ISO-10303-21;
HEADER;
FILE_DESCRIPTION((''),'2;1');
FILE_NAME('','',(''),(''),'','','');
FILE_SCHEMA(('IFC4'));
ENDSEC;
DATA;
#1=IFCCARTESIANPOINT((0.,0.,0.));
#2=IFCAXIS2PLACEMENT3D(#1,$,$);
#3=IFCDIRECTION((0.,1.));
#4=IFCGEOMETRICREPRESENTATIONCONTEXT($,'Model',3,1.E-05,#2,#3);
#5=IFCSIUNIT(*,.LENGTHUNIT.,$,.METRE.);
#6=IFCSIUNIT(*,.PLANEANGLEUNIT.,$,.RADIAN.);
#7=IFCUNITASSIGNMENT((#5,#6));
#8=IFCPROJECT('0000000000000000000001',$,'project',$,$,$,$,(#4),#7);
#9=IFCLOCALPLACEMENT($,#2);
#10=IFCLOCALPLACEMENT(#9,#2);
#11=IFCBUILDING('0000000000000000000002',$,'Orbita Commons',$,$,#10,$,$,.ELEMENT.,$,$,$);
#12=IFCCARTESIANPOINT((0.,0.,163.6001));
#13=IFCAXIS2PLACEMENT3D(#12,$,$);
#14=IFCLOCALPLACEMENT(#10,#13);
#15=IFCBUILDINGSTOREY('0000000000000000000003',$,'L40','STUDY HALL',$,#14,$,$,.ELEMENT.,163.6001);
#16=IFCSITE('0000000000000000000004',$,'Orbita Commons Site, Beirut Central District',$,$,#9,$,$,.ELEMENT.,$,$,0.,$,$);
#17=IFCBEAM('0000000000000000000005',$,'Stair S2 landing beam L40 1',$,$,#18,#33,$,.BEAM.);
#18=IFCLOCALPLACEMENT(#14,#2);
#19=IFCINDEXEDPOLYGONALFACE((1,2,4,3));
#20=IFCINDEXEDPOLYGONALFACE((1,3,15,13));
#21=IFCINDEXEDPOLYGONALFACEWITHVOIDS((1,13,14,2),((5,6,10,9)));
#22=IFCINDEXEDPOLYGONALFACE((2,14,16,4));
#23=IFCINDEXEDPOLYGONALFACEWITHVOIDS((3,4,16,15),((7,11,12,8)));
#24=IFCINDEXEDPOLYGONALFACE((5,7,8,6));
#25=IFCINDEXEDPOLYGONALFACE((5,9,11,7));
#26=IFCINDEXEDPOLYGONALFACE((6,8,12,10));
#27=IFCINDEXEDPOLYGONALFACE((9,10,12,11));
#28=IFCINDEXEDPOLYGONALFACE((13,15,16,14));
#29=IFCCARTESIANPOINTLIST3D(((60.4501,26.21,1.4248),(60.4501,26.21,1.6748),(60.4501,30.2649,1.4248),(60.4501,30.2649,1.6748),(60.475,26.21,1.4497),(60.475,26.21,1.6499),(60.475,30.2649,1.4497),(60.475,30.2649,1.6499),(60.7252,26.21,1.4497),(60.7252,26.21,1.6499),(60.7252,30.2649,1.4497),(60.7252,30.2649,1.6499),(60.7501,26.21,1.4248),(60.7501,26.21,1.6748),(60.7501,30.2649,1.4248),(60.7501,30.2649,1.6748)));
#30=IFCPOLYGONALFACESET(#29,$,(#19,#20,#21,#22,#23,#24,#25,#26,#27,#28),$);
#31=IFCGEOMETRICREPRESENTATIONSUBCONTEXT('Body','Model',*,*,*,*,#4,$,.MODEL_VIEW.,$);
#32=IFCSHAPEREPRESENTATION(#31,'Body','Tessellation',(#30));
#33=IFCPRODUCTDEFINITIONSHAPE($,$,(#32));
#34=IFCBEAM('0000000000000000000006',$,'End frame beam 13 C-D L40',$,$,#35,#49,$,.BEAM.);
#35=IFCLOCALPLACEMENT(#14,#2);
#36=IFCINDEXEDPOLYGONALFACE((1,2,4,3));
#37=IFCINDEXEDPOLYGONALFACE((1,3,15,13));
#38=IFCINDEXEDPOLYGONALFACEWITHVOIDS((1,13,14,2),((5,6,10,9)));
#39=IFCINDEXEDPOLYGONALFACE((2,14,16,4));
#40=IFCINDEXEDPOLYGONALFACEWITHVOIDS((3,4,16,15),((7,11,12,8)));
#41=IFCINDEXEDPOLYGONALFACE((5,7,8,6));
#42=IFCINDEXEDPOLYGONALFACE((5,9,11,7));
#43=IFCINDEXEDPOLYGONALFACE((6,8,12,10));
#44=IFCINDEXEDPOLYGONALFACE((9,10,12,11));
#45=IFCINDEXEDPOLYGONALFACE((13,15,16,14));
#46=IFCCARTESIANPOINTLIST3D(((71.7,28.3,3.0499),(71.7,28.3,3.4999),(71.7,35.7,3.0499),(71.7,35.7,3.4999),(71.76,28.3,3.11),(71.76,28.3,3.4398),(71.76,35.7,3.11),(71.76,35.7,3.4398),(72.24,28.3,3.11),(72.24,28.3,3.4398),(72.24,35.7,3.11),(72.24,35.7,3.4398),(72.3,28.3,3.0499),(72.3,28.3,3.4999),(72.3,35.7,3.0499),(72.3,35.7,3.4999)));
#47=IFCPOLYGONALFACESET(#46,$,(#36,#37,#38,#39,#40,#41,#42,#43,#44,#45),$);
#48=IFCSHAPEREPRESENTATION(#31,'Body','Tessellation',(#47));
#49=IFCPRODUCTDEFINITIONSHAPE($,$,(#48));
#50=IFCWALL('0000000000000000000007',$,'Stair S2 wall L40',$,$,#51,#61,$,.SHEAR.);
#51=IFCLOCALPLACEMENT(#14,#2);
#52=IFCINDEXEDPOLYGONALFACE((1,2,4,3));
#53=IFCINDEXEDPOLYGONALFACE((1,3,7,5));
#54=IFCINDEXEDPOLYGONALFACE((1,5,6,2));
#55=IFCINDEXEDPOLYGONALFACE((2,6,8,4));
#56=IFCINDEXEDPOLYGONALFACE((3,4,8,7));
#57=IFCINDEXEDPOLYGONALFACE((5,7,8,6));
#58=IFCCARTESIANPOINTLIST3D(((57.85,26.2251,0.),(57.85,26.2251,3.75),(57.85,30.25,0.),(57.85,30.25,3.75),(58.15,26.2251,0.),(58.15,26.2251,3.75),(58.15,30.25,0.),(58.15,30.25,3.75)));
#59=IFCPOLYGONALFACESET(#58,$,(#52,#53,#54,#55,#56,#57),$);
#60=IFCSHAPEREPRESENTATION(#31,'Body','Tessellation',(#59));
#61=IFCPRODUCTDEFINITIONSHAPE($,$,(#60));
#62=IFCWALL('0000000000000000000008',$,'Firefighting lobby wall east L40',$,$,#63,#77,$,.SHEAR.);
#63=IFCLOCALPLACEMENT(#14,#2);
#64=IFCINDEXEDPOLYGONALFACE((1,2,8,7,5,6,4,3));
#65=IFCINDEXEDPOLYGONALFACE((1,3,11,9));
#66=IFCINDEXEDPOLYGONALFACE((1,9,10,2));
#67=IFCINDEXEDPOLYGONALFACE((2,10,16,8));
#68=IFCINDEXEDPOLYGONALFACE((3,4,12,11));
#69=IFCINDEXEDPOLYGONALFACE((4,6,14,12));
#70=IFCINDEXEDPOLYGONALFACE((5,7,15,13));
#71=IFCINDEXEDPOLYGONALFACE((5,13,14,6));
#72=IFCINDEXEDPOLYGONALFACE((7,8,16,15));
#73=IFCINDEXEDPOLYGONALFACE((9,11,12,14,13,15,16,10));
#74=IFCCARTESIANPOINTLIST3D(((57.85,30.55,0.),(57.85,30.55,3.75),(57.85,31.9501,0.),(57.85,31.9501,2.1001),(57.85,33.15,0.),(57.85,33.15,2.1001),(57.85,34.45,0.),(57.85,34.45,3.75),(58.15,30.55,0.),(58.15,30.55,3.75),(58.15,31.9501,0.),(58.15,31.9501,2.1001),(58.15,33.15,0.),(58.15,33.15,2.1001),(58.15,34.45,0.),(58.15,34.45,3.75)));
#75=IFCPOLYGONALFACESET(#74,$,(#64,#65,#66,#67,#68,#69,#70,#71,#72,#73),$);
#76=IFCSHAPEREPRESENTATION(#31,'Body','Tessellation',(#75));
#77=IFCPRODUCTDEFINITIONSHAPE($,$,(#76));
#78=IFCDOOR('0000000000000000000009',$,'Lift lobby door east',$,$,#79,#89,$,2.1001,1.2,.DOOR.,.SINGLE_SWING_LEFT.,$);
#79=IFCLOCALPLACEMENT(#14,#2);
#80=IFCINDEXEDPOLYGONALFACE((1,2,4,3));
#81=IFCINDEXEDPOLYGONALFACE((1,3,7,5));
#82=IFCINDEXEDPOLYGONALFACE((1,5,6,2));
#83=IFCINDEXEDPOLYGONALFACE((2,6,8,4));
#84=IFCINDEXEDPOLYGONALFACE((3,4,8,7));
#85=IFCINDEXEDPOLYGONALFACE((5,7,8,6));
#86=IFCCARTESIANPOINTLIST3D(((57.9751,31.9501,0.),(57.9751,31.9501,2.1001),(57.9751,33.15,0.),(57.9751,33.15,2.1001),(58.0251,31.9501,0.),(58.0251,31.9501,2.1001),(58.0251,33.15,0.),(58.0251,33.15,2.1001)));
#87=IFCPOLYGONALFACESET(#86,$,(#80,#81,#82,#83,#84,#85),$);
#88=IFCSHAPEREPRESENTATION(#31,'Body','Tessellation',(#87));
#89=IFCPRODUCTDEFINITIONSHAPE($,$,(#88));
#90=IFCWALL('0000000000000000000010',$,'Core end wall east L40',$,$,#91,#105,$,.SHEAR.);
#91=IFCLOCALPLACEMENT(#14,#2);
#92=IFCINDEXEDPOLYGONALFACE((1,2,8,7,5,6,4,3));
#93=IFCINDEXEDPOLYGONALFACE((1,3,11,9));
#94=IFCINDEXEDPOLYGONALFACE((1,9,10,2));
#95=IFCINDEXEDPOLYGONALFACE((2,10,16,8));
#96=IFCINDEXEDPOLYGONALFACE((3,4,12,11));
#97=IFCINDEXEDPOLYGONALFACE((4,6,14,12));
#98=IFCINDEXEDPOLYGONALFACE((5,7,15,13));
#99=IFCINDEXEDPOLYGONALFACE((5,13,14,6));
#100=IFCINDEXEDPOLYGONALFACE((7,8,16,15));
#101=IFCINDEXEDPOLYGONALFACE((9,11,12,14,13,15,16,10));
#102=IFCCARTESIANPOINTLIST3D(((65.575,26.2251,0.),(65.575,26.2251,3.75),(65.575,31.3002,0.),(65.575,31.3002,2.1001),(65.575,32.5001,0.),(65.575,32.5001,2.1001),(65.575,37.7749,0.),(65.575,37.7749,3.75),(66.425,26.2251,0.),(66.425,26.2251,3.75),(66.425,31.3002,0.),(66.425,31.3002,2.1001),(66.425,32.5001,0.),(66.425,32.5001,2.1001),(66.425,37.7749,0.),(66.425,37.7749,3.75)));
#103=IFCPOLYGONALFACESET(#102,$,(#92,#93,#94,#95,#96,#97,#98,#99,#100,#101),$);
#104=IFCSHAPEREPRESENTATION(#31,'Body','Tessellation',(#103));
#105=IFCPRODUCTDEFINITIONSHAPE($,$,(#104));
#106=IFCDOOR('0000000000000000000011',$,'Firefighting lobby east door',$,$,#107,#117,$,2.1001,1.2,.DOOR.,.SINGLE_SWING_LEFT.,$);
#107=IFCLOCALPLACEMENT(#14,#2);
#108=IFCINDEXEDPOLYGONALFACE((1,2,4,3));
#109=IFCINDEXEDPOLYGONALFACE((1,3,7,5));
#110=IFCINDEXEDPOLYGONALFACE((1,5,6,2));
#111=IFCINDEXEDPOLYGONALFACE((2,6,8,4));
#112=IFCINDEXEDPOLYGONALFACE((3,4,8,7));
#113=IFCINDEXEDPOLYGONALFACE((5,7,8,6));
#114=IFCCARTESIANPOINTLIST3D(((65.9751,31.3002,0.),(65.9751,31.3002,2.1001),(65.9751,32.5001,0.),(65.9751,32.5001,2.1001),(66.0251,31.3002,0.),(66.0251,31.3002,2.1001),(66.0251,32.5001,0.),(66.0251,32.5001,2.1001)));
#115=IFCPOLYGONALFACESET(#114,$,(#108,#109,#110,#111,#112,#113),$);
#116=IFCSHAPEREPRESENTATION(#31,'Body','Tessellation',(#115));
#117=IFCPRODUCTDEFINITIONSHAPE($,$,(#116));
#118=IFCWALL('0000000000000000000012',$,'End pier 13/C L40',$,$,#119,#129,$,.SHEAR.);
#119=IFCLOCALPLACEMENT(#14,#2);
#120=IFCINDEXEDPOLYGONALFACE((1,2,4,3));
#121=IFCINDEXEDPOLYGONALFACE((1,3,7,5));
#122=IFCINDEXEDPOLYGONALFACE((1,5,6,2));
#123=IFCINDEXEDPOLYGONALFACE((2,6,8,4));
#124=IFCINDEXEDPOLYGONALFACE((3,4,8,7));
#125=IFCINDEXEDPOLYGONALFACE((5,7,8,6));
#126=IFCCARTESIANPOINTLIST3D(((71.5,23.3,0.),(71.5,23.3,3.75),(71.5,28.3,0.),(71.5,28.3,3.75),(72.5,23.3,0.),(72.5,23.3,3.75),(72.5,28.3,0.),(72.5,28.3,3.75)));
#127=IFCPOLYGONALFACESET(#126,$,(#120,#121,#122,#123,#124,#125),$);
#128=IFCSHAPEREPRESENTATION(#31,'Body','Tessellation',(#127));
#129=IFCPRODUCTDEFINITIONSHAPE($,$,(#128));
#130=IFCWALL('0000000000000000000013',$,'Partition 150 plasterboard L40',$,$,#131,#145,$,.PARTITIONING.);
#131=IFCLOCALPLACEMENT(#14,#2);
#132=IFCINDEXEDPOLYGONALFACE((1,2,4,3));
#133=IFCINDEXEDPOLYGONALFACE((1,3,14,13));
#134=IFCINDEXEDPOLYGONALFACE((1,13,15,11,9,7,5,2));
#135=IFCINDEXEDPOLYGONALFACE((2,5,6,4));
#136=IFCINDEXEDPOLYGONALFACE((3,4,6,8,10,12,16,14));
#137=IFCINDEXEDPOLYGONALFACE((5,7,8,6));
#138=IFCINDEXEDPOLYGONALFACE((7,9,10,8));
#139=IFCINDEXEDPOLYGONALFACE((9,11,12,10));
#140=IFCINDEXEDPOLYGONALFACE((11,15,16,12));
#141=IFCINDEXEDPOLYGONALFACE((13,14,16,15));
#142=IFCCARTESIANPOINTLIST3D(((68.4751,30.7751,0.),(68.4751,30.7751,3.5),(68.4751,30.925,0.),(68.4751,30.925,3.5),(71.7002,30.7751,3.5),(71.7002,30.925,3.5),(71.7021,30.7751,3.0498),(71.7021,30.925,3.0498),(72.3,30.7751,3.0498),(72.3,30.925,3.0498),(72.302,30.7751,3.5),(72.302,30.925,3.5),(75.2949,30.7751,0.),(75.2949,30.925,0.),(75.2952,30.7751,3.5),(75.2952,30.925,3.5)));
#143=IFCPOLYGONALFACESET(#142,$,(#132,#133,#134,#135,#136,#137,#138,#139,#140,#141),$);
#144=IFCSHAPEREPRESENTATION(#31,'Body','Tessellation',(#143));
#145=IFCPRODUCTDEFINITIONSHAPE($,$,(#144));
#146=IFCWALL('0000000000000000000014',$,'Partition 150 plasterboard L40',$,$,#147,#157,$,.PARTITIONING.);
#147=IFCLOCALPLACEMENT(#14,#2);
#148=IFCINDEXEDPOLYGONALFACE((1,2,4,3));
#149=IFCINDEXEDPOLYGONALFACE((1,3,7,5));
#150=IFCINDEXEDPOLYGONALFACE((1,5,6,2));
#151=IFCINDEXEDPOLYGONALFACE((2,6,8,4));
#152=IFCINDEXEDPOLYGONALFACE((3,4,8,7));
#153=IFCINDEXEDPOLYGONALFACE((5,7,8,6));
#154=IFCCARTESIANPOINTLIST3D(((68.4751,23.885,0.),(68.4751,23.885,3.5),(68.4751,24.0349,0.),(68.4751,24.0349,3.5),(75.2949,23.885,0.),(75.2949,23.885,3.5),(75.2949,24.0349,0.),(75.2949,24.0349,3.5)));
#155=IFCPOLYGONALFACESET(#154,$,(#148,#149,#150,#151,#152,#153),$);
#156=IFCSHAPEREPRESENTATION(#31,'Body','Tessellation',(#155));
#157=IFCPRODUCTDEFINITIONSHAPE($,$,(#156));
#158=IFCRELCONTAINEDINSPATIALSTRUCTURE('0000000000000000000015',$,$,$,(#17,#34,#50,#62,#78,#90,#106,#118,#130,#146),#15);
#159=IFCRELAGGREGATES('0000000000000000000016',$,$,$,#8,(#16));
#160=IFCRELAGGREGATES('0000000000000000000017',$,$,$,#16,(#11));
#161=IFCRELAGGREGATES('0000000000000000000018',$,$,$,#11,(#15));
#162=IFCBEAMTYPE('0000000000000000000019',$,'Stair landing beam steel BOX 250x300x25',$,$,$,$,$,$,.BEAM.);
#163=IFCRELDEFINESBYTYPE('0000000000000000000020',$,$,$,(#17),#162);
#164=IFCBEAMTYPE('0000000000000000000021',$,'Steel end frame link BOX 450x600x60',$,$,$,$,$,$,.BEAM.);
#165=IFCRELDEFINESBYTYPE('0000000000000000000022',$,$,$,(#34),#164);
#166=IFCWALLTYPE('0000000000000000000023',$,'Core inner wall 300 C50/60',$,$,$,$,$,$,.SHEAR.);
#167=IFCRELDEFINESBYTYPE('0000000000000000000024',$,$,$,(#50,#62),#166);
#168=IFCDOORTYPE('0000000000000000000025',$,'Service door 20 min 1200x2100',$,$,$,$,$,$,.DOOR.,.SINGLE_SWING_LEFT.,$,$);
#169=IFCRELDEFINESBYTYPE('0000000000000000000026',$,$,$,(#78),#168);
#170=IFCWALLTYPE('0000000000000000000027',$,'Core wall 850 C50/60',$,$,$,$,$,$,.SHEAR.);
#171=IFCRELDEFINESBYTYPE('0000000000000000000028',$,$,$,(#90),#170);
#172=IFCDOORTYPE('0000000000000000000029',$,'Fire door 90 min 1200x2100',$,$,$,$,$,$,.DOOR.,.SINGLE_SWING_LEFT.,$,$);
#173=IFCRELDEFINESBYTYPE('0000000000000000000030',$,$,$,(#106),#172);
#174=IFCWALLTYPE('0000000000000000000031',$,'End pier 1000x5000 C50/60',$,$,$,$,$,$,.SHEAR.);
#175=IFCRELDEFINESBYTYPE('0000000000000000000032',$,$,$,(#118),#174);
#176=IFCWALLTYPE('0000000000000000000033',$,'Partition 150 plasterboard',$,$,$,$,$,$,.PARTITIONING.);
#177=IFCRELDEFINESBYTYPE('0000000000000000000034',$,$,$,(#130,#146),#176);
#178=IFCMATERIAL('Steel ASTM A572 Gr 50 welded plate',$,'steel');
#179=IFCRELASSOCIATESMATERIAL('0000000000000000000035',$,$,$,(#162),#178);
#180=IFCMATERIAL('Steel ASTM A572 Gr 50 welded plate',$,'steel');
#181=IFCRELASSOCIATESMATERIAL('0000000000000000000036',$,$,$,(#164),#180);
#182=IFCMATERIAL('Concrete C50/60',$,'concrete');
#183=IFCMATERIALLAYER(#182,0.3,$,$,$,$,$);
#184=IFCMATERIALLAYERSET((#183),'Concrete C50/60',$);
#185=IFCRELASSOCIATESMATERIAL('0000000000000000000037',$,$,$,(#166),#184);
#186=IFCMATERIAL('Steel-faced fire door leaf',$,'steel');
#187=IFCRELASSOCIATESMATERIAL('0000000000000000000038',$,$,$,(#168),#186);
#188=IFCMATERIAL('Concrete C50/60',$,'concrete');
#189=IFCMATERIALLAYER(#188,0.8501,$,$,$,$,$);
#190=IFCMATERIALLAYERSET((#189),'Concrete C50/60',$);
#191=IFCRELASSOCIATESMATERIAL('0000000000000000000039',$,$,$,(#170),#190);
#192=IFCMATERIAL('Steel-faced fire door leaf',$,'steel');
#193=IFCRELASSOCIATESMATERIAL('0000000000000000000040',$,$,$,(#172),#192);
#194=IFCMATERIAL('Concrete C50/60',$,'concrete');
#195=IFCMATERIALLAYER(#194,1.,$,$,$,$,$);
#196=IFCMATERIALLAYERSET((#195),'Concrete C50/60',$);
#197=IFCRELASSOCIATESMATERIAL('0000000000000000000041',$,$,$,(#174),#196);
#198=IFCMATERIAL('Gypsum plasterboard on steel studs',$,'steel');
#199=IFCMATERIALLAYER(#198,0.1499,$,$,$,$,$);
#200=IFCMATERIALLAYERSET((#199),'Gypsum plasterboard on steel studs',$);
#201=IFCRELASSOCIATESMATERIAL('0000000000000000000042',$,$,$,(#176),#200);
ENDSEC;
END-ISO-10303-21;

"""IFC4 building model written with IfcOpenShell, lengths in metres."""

from ifc_helpers import new_model, si_unit, direction, frame, frame_2d, origin, origin_2d, place, context, subcontext, project, spatial, polyline, rectangle, hollow_rectangle, outline, extrude, material, layer, layer_set, material_profile, profile_set, type_object, element, fill, save


model = new_model("IFC4")

# Units and contexts
model_context = context("Model", 3, precision=1e-05, world=origin(), true_north=direction((0.0, 1.0)))
body_context = subcontext(model_context, "Body", "Model", "MODEL_VIEW")
ifc_project = project(units=[si_unit("LENGTHUNIT", "METRE"), si_unit("PLANEANGLEUNIT", "RADIAN")], contexts=[model_context])

# Site, building, storey
site_placement = place(None, origin())
site = spatial("IfcSite", under=ifc_project, at=site_placement, Name="Orbita Commons Site, Beirut Central District", CompositionType="ELEMENT", RefElevation=0.0)
building_placement = place(site_placement, origin())
building = spatial("IfcBuilding", under=site, at=building_placement, Name="Orbita Commons", CompositionType="ELEMENT")
storey_placement = place(building_placement, frame((0.0, 0.0, 163.6001)))
storey = spatial("IfcBuildingStorey", under=building, at=storey_placement, Name="L40", Description="STUDY HALL", CompositionType="ELEMENT", Elevation=163.6001)

# Beams
ifc_material_1 = material(Name="Steel ASTM A572 Gr 50 welded plate", Category="steel")
ifc_material_profile_1 = material_profile(ifc_material_1, hollow_rectangle(XDim=0.3, YDim=0.25, WallThickness=0.0249, at=origin_2d()), Name="BOX 250x300x25")
ifc_profile_set_1 = profile_set([ifc_material_profile_1], Name="Steel ASTM A572 Gr 50 welded plate")
beam_type_1 = type_object("IfcBeamType", Name="Stair landing beam steel BOX 250x300x25", PredefinedType="BEAM", material=ifc_profile_set_1)
beam_1_placement = place(storey_placement, frame((60.6001, 26.21, 1.5498), z_axis=(0.0, 1.0, 0.0), x_axis=(-1.0, 0.0, 0.0)))
element("IfcBeam", 1, at=beam_1_placement, inside=storey, type_object=beam_type_1, Name="Stair S2 landing beam L40 1", PredefinedType="BEAM", context=body_context, shape_type="SweptSolid", body=[
    extrude(hollow_rectangle(XDim=0.3, YDim=0.25, WallThickness=0.0249, at=origin_2d()), origin(), (0.0, 0.0, 1.0), 4.0549),
])
ifc_material_2 = material(Name="Steel ASTM A572 Gr 50 welded plate", Category="steel")
ifc_material_profile_2 = material_profile(ifc_material_2, hollow_rectangle(XDim=0.6001, YDim=0.45, WallThickness=0.0601, at=origin_2d()), Name="BOX 450x600x60")
ifc_profile_set_2 = profile_set([ifc_material_profile_2], Name="Steel ASTM A572 Gr 50 welded plate")
beam_type_2 = type_object("IfcBeamType", Name="Steel end frame link BOX 450x600x60", PredefinedType="BEAM", material=ifc_profile_set_2)
beam_2_placement = place(storey_placement, frame((72.0, 28.3, 3.2749), z_axis=(0.0, 1.0, 0.0), x_axis=(-1.0, 0.0, 0.0)))
element("IfcBeam", 2, at=beam_2_placement, inside=storey, type_object=beam_type_2, Name="End frame beam 13 C-D L40", PredefinedType="BEAM", context=body_context, shape_type="SweptSolid", body=[
    extrude(hollow_rectangle(XDim=0.6001, YDim=0.45, WallThickness=0.0601, at=origin_2d()), origin(), (0.0, 0.0, 1.0), 7.3999),
])

# Wall
ifc_material_3 = material(Name="Concrete C50/60", Category="concrete")
ifc_layer_1 = layer(ifc_material_3, 0.3)
ifc_layer_set_1 = layer_set([ifc_layer_1], Name="Concrete C50/60")
wall_type_1 = type_object("IfcWallType", Name="Core inner wall 300 C50/60", PredefinedType="SHEAR", material=ifc_layer_set_1)
wall_1_placement = place(storey_placement, frame((58.0, 26.2251, 0.0), z_axis=(0.0, 0.0, 1.0), x_axis=(0.0, 1.0, 0.0)))
element("IfcWall", 3, at=wall_1_placement, inside=storey, type_object=wall_type_1, Name="Stair S2 wall L40", PredefinedType="SHEAR", context=body_context, shape_type="SweptSolid", body=[
    extrude(rectangle(XDim=4.0249, YDim=0.3, at=frame_2d((2.0125, 0.0))), origin(), (0.0, 0.0, 1.0), 3.75),
])

# Walls, openings, doors
wall_2_placement = place(storey_placement, frame((58.0, 30.55, 0.0), z_axis=(0.0, 0.0, 1.0), x_axis=(0.0, 1.0, 0.0)))
wall_2 = element("IfcWall", 4, at=wall_2_placement, inside=storey, type_object=wall_type_1, Name="Firefighting lobby wall east L40", PredefinedType="SHEAR", context=body_context, shape_type="SweptSolid", body=[
    extrude(rectangle(XDim=3.8999, YDim=0.3, at=frame_2d((1.95, 0.0))), origin(), (0.0, 0.0, 1.0), 3.75),
])
opening_1_placement = place(wall_2_placement, frame((1.3999, 0.0, 0.0)))
opening_1 = element("IfcOpeningElement", 5, at=opening_1_placement, cuts=wall_2, PredefinedType="OPENING", context=body_context, shape_type="SweptSolid", body=[
    extrude(rectangle(XDim=1.2, YDim=2.1001, at=frame_2d((0.6001, 1.05))), frame((0.0, 0.1599, 0.0), z_axis=(0.0, -1.0, 0.0), x_axis=(1.0, 0.0, 0.0)), (0.0, 0.0, 1.0), 0.3201),
])
ifc_material_4 = material(Name="Steel-faced fire door leaf", Category="steel")
door_type_1 = type_object("IfcDoorType", Name="Service door 20 min 1200x2100", OperationType="SINGLE_SWING_LEFT", PredefinedType="DOOR", material=ifc_material_4)
door_1_placement = place(opening_1_placement, origin())
door_1 = element("IfcDoor", 6, at=door_1_placement, inside=storey, type_object=door_type_1, Name="Lift lobby door east", OperationType="SINGLE_SWING_LEFT", OverallHeight=2.1001, OverallWidth=1.2, PredefinedType="DOOR", context=body_context, shape_type="SweptSolid", body=[
    extrude(rectangle(XDim=1.2, YDim=2.1001, at=frame_2d((0.6001, 1.05))), frame((0.0, 0.0249, 0.0), z_axis=(0.0, -1.0, 0.0), x_axis=(1.0, 0.0, 0.0)), (0.0, 0.0, 1.0), 0.05),
])
fill(opening_1, door_1)
ifc_material_5 = material(Name="Concrete C50/60", Category="concrete")
ifc_layer_2 = layer(ifc_material_5, 0.8501)
ifc_layer_set_2 = layer_set([ifc_layer_2], Name="Concrete C50/60")
wall_type_2 = type_object("IfcWallType", Name="Core wall 850 C50/60", PredefinedType="SHEAR", material=ifc_layer_set_2)
wall_3_placement = place(storey_placement, frame((66.0, 26.2251, 0.0), z_axis=(0.0, 0.0, 1.0), x_axis=(0.0, 1.0, 0.0)))
wall_3 = element("IfcWall", 7, at=wall_3_placement, inside=storey, type_object=wall_type_2, Name="Core end wall east L40", PredefinedType="SHEAR", context=body_context, shape_type="SweptSolid", body=[
    extrude(rectangle(XDim=11.5498, YDim=0.8501, at=frame_2d((5.7749, 0.0))), origin(), (0.0, 0.0, 1.0), 3.75),
])
opening_2_placement = place(wall_3_placement, frame((5.075, 0.0, 0.0)))
opening_2 = element("IfcOpeningElement", 8, at=opening_2_placement, cuts=wall_3, PredefinedType="OPENING", context=body_context, shape_type="SweptSolid", body=[
    extrude(rectangle(XDim=1.2, YDim=2.1001, at=frame_2d((0.6001, 1.05))), frame((0.0, 0.4351, 0.0), z_axis=(0.0, -1.0, 0.0), x_axis=(1.0, 0.0, 0.0)), (0.0, 0.0, 1.0), 0.8701),
])
ifc_material_6 = material(Name="Steel-faced fire door leaf", Category="steel")
door_type_2 = type_object("IfcDoorType", Name="Fire door 90 min 1200x2100", OperationType="SINGLE_SWING_LEFT", PredefinedType="DOOR", material=ifc_material_6)
door_2_placement = place(opening_2_placement, origin())
door_2 = element("IfcDoor", 9, at=door_2_placement, inside=storey, type_object=door_type_2, Name="Firefighting lobby east door", OperationType="SINGLE_SWING_LEFT", OverallHeight=2.1001, OverallWidth=1.2, PredefinedType="DOOR", context=body_context, shape_type="SweptSolid", body=[
    extrude(rectangle(XDim=1.2, YDim=2.1001, at=frame_2d((0.6001, 1.05))), frame((0.0, 0.0249, 0.0), z_axis=(0.0, -1.0, 0.0), x_axis=(1.0, 0.0, 0.0)), (0.0, 0.0, 1.0), 0.05),
])
fill(opening_2, door_2)

# Walls
ifc_material_7 = material(Name="Concrete C50/60", Category="concrete")
ifc_layer_3 = layer(ifc_material_7, 1.0)
ifc_layer_set_3 = layer_set([ifc_layer_3], Name="Concrete C50/60")
wall_type_3 = type_object("IfcWallType", Name="End pier 1000x5000 C50/60", PredefinedType="SHEAR", material=ifc_layer_set_3)
wall_4_placement = place(storey_placement, frame((72.0, 23.3, 0.0), z_axis=(0.0, 0.0, 1.0), x_axis=(0.0, 1.0, 0.0)))
element("IfcWall", 10, at=wall_4_placement, inside=storey, type_object=wall_type_3, Name="End pier 13/C L40", PredefinedType="SHEAR", context=body_context, shape_type="SweptSolid", body=[
    extrude(rectangle(XDim=5.0, YDim=1.0, at=frame_2d((2.5, 0.0))), origin(), (0.0, 0.0, 1.0), 3.75),
])
ifc_material_8 = material(Name="Gypsum plasterboard on steel studs", Category="steel")
ifc_layer_4 = layer(ifc_material_8, 0.1499)
ifc_layer_set_4 = layer_set([ifc_layer_4], Name="Gypsum plasterboard on steel studs")
wall_type_4 = type_object("IfcWallType", Name="Partition 150 plasterboard", PredefinedType="PARTITIONING", material=ifc_layer_set_4)
wall_5_placement = place(storey_placement, frame((68.4751, 30.8501, 0.0), z_axis=(0.0, 0.0, 1.0), x_axis=(1.0, 0.0, 0.0)))
element("IfcWall", 11, at=wall_5_placement, inside=storey, type_object=wall_type_4, Name="Partition 150 plasterboard L40", PredefinedType="PARTITIONING", context=body_context, shape_type="SweptSolid", body=[
    extrude(outline(polyline([(0.0, 0.0), (6.8198, 0.0), (6.8201, 3.5), (3.8269, 3.5), (3.825, 3.0498), (3.2271, 3.0498), (3.2251, 3.5), (0.0, 3.5), (0.0, 0.0)])), frame((0.0, 0.075, 0.0), z_axis=(0.0, -1.0, 0.0), x_axis=(1.0, 0.0, 0.0)), (0.0, 0.0, 1.0), 0.1499),
])
wall_6_placement = place(storey_placement, frame((68.4751, 23.96, 0.0), z_axis=(0.0, 0.0, 1.0), x_axis=(1.0, 0.0, 0.0)))
element("IfcWall", 12, at=wall_6_placement, inside=storey, type_object=wall_type_4, Name="Partition 150 plasterboard L40", PredefinedType="PARTITIONING", context=body_context, shape_type="SweptSolid", body=[
    extrude(rectangle(XDim=6.8198, YDim=0.1499, at=frame_2d((3.4099, 0.0))), origin(), (0.0, 0.0, 1.0), 3.5),
])

save(model, "model.ifc")
